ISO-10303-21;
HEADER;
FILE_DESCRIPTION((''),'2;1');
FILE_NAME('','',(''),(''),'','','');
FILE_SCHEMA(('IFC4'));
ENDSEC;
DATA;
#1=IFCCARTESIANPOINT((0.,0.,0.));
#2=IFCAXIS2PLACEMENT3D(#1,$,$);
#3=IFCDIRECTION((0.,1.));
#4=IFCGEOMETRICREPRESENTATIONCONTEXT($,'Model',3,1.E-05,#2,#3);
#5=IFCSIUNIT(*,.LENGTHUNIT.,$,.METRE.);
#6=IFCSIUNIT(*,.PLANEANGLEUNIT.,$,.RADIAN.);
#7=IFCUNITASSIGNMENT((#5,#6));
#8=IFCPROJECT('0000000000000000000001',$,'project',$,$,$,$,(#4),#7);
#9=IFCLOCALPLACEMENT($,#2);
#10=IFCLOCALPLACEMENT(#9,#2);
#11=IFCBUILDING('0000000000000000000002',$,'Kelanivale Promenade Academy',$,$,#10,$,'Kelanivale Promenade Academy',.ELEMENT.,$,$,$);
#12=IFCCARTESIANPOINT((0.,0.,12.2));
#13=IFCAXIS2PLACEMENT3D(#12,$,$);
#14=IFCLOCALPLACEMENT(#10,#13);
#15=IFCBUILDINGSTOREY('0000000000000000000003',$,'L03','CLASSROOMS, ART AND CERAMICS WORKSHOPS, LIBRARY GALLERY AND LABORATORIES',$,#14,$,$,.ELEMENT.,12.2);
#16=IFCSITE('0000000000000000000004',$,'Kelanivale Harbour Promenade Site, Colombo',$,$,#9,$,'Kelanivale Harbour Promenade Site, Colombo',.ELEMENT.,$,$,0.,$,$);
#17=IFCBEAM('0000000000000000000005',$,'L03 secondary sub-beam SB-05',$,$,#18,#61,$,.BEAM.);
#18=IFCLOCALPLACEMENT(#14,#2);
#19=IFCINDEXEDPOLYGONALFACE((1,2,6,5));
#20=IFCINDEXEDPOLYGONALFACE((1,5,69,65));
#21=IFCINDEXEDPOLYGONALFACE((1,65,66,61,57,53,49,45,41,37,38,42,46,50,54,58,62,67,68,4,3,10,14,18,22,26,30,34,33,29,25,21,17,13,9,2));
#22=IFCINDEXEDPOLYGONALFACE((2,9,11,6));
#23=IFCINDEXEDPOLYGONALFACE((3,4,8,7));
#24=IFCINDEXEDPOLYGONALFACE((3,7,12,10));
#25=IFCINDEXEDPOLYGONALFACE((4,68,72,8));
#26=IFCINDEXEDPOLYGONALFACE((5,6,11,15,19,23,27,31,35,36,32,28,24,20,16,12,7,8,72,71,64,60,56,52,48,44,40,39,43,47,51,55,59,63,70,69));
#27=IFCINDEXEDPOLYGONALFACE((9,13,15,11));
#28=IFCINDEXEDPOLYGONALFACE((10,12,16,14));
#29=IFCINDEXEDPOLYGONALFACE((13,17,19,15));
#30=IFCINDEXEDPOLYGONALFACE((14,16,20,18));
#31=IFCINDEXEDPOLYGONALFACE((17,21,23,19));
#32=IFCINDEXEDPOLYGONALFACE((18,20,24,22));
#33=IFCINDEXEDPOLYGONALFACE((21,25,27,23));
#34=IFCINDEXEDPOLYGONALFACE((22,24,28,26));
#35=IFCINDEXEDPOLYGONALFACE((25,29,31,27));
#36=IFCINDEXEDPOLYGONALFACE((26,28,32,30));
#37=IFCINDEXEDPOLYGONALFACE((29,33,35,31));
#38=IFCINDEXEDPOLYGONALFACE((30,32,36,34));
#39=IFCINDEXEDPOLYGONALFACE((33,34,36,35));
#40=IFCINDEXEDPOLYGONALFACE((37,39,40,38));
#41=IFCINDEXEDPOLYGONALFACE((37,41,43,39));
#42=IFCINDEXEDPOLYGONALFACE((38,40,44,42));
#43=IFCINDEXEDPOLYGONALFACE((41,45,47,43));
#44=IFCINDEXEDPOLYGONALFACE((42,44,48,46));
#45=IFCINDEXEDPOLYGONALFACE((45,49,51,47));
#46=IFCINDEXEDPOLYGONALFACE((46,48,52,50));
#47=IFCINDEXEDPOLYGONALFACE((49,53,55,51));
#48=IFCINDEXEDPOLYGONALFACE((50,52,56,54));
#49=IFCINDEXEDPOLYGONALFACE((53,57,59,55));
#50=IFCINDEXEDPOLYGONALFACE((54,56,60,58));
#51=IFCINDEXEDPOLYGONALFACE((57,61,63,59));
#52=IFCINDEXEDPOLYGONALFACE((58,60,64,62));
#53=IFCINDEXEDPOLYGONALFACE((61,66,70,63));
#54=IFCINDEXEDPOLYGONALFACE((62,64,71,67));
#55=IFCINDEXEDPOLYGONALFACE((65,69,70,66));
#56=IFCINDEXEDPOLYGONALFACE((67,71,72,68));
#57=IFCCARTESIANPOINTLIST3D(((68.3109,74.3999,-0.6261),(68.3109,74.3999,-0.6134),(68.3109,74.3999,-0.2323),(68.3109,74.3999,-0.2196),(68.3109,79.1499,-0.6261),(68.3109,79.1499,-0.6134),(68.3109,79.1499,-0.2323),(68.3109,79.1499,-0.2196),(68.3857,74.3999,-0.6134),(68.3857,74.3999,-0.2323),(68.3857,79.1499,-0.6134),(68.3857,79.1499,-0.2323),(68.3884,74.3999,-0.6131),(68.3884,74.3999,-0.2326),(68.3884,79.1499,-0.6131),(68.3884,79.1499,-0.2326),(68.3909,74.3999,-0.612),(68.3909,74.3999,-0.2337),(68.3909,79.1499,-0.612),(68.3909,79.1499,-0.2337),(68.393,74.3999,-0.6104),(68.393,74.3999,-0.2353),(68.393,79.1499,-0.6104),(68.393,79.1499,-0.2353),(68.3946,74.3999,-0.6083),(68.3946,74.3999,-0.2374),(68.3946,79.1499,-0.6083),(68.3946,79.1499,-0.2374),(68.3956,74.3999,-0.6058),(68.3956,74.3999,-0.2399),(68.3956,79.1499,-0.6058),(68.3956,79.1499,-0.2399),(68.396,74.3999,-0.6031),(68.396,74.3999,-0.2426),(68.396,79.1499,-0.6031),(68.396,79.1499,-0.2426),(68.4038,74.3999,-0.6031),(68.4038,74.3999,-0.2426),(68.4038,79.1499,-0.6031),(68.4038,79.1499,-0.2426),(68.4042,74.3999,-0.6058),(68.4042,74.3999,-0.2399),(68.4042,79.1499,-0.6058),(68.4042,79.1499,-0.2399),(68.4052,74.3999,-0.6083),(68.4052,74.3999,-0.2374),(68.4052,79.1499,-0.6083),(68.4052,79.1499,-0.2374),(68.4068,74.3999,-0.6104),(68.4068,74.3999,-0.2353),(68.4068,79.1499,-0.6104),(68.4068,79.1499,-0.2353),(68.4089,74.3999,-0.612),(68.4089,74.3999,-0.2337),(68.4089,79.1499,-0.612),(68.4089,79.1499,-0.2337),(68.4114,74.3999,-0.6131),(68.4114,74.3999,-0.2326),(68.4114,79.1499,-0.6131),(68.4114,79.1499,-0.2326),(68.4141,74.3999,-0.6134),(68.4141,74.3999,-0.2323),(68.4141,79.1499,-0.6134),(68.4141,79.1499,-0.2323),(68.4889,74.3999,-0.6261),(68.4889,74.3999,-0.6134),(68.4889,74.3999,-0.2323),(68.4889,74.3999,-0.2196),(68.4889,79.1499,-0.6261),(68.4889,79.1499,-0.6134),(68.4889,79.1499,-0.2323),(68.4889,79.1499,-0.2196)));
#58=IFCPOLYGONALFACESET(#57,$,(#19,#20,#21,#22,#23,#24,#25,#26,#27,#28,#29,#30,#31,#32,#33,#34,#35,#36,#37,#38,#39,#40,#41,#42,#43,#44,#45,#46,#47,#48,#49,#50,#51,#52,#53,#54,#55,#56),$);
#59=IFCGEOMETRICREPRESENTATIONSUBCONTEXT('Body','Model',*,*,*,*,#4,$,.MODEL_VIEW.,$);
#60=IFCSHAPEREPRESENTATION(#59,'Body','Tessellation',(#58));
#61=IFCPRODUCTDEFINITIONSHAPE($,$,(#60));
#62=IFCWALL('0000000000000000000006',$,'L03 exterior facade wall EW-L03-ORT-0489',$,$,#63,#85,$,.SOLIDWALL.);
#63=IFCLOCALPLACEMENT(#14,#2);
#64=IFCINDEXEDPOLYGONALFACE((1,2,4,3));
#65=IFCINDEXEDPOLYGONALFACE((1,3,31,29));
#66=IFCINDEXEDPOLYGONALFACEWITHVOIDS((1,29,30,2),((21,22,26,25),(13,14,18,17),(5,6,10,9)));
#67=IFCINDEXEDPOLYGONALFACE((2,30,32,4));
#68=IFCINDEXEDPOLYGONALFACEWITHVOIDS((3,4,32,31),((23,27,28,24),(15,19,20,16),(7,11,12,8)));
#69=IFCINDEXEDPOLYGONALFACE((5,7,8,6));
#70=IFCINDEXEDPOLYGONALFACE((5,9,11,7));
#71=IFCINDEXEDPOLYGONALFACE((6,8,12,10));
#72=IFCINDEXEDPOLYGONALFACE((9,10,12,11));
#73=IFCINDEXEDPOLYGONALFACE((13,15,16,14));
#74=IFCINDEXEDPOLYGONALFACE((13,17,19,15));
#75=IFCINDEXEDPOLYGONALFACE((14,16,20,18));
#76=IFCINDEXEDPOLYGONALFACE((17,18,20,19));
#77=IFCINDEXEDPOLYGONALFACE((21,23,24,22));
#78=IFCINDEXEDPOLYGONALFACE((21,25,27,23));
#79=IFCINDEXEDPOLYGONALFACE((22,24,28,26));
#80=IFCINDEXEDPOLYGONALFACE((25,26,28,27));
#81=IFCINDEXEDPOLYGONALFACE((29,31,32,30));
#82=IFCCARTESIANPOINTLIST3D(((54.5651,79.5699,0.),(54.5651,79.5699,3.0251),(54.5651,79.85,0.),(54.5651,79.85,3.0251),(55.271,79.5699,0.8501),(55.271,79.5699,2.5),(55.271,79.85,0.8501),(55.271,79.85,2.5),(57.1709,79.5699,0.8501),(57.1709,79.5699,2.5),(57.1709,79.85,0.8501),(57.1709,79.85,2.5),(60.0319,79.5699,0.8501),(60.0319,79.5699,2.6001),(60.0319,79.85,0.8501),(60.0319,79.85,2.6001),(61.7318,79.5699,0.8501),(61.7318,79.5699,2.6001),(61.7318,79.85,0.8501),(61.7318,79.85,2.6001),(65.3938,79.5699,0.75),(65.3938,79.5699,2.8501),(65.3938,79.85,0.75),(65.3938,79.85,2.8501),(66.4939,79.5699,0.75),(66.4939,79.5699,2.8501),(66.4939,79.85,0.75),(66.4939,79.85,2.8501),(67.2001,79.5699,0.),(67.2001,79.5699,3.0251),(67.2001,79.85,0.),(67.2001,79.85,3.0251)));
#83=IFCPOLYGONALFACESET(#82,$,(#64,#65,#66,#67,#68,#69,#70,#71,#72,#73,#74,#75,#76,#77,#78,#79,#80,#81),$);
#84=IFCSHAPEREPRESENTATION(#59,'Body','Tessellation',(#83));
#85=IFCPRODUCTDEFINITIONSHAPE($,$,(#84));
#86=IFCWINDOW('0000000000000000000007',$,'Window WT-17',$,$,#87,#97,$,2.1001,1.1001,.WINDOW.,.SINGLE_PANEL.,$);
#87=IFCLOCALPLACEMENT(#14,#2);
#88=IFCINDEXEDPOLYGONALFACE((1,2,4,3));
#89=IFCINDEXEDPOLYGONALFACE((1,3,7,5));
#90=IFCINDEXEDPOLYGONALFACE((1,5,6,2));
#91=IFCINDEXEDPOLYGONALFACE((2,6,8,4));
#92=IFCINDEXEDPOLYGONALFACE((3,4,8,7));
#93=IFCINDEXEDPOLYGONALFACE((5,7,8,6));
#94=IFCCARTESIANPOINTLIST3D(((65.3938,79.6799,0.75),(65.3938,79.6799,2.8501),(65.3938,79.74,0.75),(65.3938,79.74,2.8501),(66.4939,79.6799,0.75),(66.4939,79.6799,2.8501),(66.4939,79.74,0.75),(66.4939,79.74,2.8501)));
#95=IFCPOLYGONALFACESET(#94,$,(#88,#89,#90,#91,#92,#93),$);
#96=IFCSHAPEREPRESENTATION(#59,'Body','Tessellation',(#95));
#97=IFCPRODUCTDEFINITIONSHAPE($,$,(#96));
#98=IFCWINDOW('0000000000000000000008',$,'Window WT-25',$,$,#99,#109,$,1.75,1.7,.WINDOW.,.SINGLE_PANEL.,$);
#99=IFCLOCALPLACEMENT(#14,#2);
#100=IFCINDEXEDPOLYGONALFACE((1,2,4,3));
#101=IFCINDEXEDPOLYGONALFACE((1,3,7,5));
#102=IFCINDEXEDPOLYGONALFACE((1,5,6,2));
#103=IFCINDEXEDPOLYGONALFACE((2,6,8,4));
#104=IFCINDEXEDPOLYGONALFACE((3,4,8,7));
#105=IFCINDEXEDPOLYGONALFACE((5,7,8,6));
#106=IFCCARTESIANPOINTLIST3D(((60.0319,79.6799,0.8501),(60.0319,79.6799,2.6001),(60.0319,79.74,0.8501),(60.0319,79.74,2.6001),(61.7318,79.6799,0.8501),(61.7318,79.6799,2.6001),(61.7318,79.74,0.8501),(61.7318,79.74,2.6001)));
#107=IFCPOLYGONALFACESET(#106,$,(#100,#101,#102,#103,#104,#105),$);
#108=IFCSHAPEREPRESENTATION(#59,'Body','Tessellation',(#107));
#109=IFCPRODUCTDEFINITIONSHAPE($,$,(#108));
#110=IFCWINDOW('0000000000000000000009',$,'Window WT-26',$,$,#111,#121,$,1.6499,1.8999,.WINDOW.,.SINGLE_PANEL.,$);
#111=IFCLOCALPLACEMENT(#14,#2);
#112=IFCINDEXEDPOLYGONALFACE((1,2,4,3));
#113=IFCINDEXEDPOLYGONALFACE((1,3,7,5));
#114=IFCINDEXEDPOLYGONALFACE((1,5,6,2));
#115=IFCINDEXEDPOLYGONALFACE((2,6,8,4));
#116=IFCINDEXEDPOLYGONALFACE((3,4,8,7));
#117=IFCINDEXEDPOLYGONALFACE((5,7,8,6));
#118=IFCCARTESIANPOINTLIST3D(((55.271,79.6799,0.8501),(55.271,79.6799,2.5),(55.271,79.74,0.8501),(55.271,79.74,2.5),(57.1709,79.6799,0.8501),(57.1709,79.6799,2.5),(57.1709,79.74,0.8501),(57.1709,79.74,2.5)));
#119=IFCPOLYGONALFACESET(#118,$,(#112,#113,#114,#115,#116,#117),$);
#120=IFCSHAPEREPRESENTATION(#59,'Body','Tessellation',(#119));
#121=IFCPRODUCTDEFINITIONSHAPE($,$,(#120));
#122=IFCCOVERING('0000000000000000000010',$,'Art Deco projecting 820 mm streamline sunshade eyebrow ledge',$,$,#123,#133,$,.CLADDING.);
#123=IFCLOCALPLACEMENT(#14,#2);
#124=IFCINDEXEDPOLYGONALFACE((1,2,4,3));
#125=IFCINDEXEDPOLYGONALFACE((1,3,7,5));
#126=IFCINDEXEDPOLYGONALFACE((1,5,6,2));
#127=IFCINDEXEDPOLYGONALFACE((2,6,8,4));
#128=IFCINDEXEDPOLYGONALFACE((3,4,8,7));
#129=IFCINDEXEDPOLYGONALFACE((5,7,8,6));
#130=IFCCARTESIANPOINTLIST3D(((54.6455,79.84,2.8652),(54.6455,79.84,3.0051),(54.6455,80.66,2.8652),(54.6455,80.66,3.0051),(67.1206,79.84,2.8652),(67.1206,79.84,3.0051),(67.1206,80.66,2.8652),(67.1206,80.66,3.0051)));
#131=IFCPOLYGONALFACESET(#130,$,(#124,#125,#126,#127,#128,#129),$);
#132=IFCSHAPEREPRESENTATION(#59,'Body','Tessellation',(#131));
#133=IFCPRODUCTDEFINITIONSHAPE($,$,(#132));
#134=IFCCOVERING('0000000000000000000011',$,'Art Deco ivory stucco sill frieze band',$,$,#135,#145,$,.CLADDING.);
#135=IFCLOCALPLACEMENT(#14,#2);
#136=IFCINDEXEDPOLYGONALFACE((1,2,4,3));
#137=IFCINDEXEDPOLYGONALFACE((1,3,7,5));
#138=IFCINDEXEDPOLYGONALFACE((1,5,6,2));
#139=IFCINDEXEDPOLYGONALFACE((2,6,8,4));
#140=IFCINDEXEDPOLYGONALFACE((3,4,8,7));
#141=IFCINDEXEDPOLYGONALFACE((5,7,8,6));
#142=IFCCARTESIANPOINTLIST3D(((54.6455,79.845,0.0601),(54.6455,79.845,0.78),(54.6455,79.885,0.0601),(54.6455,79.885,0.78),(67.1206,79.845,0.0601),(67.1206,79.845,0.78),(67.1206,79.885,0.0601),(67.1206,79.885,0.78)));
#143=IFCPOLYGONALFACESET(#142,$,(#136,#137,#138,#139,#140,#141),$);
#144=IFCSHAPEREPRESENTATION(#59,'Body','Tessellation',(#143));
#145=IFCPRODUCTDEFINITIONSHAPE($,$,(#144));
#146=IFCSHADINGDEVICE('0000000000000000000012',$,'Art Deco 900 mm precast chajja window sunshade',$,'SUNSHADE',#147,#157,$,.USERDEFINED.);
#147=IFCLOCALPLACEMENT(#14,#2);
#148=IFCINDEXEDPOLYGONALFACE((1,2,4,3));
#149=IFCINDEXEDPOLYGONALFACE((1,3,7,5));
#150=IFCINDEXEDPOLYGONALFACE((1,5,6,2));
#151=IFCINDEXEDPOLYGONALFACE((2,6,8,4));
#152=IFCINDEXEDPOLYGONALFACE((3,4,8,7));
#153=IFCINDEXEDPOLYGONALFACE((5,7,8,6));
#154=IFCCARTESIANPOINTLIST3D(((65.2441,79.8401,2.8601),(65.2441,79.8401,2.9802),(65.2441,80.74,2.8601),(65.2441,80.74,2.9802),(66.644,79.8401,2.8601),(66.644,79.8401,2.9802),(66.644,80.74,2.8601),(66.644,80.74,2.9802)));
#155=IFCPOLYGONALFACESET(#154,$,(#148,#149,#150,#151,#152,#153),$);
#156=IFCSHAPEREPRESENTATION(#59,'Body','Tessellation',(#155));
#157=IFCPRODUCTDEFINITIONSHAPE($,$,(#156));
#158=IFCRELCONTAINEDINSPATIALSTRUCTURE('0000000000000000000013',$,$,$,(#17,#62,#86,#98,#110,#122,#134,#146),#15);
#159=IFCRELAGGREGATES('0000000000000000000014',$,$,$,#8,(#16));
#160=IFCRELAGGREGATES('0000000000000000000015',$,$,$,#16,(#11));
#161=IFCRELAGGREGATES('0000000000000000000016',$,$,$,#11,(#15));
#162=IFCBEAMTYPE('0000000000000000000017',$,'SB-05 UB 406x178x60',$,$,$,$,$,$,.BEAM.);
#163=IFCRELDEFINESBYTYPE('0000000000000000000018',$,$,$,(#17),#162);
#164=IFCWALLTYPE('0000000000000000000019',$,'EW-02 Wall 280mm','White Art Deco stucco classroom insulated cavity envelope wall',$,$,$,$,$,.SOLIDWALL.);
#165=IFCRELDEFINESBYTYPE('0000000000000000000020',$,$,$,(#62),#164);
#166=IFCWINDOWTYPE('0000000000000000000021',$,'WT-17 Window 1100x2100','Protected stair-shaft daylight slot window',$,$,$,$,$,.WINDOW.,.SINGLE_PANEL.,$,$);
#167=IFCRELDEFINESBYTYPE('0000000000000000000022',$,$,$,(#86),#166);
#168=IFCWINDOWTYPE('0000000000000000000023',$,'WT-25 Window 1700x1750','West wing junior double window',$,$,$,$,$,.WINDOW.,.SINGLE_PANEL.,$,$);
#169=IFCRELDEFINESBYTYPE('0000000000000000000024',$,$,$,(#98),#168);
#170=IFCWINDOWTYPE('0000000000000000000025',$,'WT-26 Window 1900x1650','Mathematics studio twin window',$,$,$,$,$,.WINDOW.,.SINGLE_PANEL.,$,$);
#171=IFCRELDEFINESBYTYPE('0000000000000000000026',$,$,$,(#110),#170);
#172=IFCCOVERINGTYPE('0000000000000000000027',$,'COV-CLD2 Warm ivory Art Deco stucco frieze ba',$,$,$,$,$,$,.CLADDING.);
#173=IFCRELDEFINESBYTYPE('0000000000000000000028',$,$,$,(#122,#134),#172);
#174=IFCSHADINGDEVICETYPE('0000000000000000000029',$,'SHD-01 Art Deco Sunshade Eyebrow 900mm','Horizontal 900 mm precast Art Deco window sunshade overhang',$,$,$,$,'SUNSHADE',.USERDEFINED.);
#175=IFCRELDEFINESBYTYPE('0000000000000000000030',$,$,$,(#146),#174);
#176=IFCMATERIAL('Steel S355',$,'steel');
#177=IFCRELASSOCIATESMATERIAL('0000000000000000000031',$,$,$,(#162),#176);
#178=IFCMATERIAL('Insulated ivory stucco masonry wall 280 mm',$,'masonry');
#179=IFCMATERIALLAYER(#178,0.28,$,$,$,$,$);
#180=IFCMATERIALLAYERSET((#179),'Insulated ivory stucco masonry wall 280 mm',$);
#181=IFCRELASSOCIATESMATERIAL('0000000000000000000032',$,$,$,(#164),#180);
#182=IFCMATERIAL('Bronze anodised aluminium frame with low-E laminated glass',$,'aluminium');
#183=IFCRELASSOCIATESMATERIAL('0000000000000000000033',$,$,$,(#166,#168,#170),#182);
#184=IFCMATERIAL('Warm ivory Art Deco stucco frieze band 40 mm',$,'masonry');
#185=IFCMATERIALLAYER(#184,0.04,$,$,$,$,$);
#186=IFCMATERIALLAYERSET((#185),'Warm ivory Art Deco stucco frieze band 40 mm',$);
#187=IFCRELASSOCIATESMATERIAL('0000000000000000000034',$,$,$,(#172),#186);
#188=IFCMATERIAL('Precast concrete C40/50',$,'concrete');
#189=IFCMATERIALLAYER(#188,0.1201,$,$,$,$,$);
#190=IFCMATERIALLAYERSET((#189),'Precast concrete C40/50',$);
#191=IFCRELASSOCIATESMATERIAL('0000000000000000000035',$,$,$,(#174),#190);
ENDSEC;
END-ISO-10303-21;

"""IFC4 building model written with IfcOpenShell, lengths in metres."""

from ifc_helpers import new_model, si_unit, direction, frame, frame_2d, origin, origin_2d, place, context, subcontext, project, spatial, rectangle, i_section, extrude, material, layer, layer_set, material_profile, profile_set, type_object, element, fill, save


model = new_model("IFC4")

# Units and contexts
model_context = context("Model", 3, precision=1e-05, world=origin(), true_north=direction((0.0, 1.0)))
body_context = subcontext(model_context, "Body", "Model", "MODEL_VIEW")
ifc_project = project(units=[si_unit("LENGTHUNIT", "METRE"), si_unit("PLANEANGLEUNIT", "RADIAN")], contexts=[model_context])

# Site, building, storey
site_placement = place(None, origin())
site = spatial("IfcSite", under=ifc_project, at=site_placement, Name="Kelanivale Harbour Promenade Site, Colombo", LongName="Kelanivale Harbour Promenade Site, Colombo", CompositionType="ELEMENT", RefElevation=0.0)
building_placement = place(site_placement, origin())
building = spatial("IfcBuilding", under=site, at=building_placement, Name="Kelanivale Promenade Academy", LongName="Kelanivale Promenade Academy", CompositionType="ELEMENT")
storey_placement = place(building_placement, frame((0.0, 0.0, 12.2)))
storey = spatial("IfcBuildingStorey", under=building, at=storey_placement, Name="L03", Description="CLASSROOMS, ART AND CERAMICS WORKSHOPS, LIBRARY GALLERY AND LABORATORIES", CompositionType="ELEMENT", Elevation=12.2)

# Beam
ifc_material_1 = material(Name="Steel S355", Category="steel")
ifc_material_profile_1 = material_profile(ifc_material_1, i_section(OverallWidth=0.178, OverallDepth=0.4065, WebThickness=0.0078, FlangeThickness=0.0127, FilletRadius=0.0103, at=origin_2d()), Name="UB 406x178x60")
ifc_profile_set_1 = profile_set([ifc_material_profile_1], Name="Steel S355")
beam_type_1 = type_object("IfcBeamType", Name="SB-05 UB 406x178x60", PredefinedType="BEAM", material=ifc_profile_set_1)
beam_1_placement = place(storey_placement, frame((68.3999, 74.3999, -0.4229), z_axis=(0.0, 1.0, 0.0), x_axis=(-1.0, 0.0, 0.0)))
element("IfcBeam", 1, at=beam_1_placement, inside=storey, type_object=beam_type_1, Name="L03 secondary sub-beam SB-05", PredefinedType="BEAM", context=body_context, shape_type="SweptSolid", body=[
    extrude(i_section(OverallWidth=0.178, OverallDepth=0.4065, WebThickness=0.0078, FlangeThickness=0.0127, FilletRadius=0.0103, at=origin_2d()), origin(), (0.0, 0.0, 1.0), 4.75),
])

# Wall, openings, windows
ifc_material_2 = material(Name="Insulated ivory stucco masonry wall 280 mm", Category="masonry")
ifc_layer_1 = layer(ifc_material_2, 0.28)
ifc_layer_set_1 = layer_set([ifc_layer_1], Name="Insulated ivory stucco masonry wall 280 mm")
wall_type = type_object("IfcWallType", Name="EW-02 Wall 280mm", Description="White Art Deco stucco classroom insulated cavity envelope wall", PredefinedType="SOLIDWALL", material=ifc_layer_set_1)
wall_placement = place(storey_placement, frame((67.2, 79.71, 0.0), z_axis=(0.0, 0.0, 1.0), x_axis=(-1.0, 0.0, 0.0)))
wall = element("IfcWall", 2, at=wall_placement, inside=storey, type_object=wall_type, Name="L03 exterior facade wall EW-L03-ORT-0489", PredefinedType="SOLIDWALL", context=body_context, shape_type="SweptSolid", body=[
    extrude(rectangle(XDim=12.635, YDim=0.28, at=frame_2d((6.3174, 0.0))), origin(), (0.0, 0.0, 1.0), 3.0251),
])
opening_1_placement = place(wall_placement, frame((0.7061, 0.0, 0.75)))
opening_1 = element("IfcOpeningElement", 3, at=opening_1_placement, cuts=wall, PredefinedType="OPENING", context=body_context, shape_type="SweptSolid", body=[
    extrude(rectangle(XDim=1.1001, YDim=2.1001, at=frame_2d((0.55, 1.05))), frame((0.0, 0.1499, 0.0), z_axis=(0.0, -1.0, 0.0), x_axis=(1.0, 0.0, 0.0)), (0.0, 0.0, 1.0), 0.3),
])
opening_2_placement = place(wall_placement, frame((5.468, 0.0, 0.8501)))
opening_2 = element("IfcOpeningElement", 4, at=opening_2_placement, cuts=wall, PredefinedType="OPENING", context=body_context, shape_type="SweptSolid", body=[
    extrude(rectangle(XDim=1.7, YDim=1.75, at=frame_2d((0.8501, 0.875))), frame((0.0, 0.1499, 0.0), z_axis=(0.0, -1.0, 0.0), x_axis=(1.0, 0.0, 0.0)), (0.0, 0.0, 1.0), 0.3),
])
opening_3_placement = place(wall_placement, frame((10.0291, 0.0, 0.8501)))
opening_3 = element("IfcOpeningElement", 5, at=opening_3_placement, cuts=wall, PredefinedType="OPENING", context=body_context, shape_type="SweptSolid", body=[
    extrude(rectangle(XDim=1.8999, YDim=1.6499, at=frame_2d((0.95, 0.825))), frame((0.0, 0.1499, 0.0), z_axis=(0.0, -1.0, 0.0), x_axis=(1.0, 0.0, 0.0)), (0.0, 0.0, 1.0), 0.3),
])
ifc_material_3 = material(Name="Bronze anodised aluminium frame with low-E laminated glass", Category="aluminium")
window_type_1 = type_object("IfcWindowType", Name="WT-17 Window 1100x2100", Description="Protected stair-shaft daylight slot window", PartitioningType="SINGLE_PANEL", PredefinedType="WINDOW", material=ifc_material_3)
window_1_placement = place(opening_1_placement, origin())
window_1 = element("IfcWindow", 6, at=window_1_placement, inside=storey, type_object=window_type_1, Name="Window WT-17", OverallHeight=2.1001, OverallWidth=1.1001, PartitioningType="SINGLE_PANEL", PredefinedType="WINDOW", context=body_context, shape_type="SweptSolid", body=[
    extrude(rectangle(XDim=1.1001, YDim=2.1001, at=frame_2d((0.55, 1.05))), frame((0.0, 0.03, 0.0), z_axis=(0.0, -1.0, 0.0), x_axis=(1.0, 0.0, 0.0)), (0.0, 0.0, 1.0), 0.0601),
])
fill(opening_1, window_1)
window_type_2 = type_object("IfcWindowType", Name="WT-25 Window 1700x1750", Description="West wing junior double window", PartitioningType="SINGLE_PANEL", PredefinedType="WINDOW", material=ifc_material_3)
window_2_placement = place(opening_2_placement, origin())
window_2 = element("IfcWindow", 7, at=window_2_placement, inside=storey, type_object=window_type_2, Name="Window WT-25", OverallHeight=1.75, OverallWidth=1.7, PartitioningType="SINGLE_PANEL", PredefinedType="WINDOW", context=body_context, shape_type="SweptSolid", body=[
    extrude(rectangle(XDim=1.7, YDim=1.75, at=frame_2d((0.8501, 0.875))), frame((0.0, 0.03, 0.0), z_axis=(0.0, -1.0, 0.0), x_axis=(1.0, 0.0, 0.0)), (0.0, 0.0, 1.0), 0.0601),
])
fill(opening_2, window_2)
window_type_3 = type_object("IfcWindowType", Name="WT-26 Window 1900x1650", Description="Mathematics studio twin window", PartitioningType="SINGLE_PANEL", PredefinedType="WINDOW", material=ifc_material_3)
window_3_placement = place(opening_3_placement, origin())
window_3 = element("IfcWindow", 8, at=window_3_placement, inside=storey, type_object=window_type_3, Name="Window WT-26", OverallHeight=1.6499, OverallWidth=1.8999, PartitioningType="SINGLE_PANEL", PredefinedType="WINDOW", context=body_context, shape_type="SweptSolid", body=[
    extrude(rectangle(XDim=1.8999, YDim=1.6499, at=frame_2d((0.95, 0.825))), frame((0.0, 0.03, 0.0), z_axis=(0.0, -1.0, 0.0), x_axis=(1.0, 0.0, 0.0)), (0.0, 0.0, 1.0), 0.0601),
])
fill(opening_3, window_3)

# Coverings
ifc_material_4 = material(Name="Warm ivory Art Deco stucco frieze band 40 mm", Category="masonry")
ifc_layer_2 = layer(ifc_material_4, 0.04)
ifc_layer_set_2 = layer_set([ifc_layer_2], Name="Warm ivory Art Deco stucco frieze band 40 mm")
covering_type = type_object("IfcCoveringType", Name="COV-CLD2 Warm ivory Art Deco stucco frieze ba", PredefinedType="CLADDING", material=ifc_layer_set_2)
covering_1_placement = place(storey_placement, frame((60.8831, 80.25, 2.8652), z_axis=(0.0, 0.0, 1.0), x_axis=(-1.0, 0.0, 0.0)))
element("IfcCovering", 9, at=covering_1_placement, inside=storey, type_object=covering_type, Name="Art Deco projecting 820 mm streamline sunshade eyebrow ledge", PredefinedType="CLADDING", context=body_context, shape_type="SweptSolid", body=[
    extrude(rectangle(XDim=12.4751, YDim=0.8201, at=origin_2d()), origin(), (0.0, 0.0, 1.0), 0.1399),
])
covering_2_placement = place(storey_placement, frame((60.8831, 79.865, 0.0601), z_axis=(0.0, 0.0, 1.0), x_axis=(-1.0, 0.0, 0.0)))
element("IfcCovering", 10, at=covering_2_placement, inside=storey, type_object=covering_type, Name="Art Deco ivory stucco sill frieze band", PredefinedType="CLADDING", context=body_context, shape_type="SweptSolid", body=[
    extrude(rectangle(XDim=12.4751, YDim=0.04, at=origin_2d()), origin(), (0.0, 0.0, 1.0), 0.72),
])

# Shading device
ifc_material_5 = material(Name="Precast concrete C40/50", Category="concrete")
ifc_layer_3 = layer(ifc_material_5, 0.1201)
ifc_layer_set_3 = layer_set([ifc_layer_3], Name="Precast concrete C40/50")
shading_device_type = type_object("IfcShadingDeviceType", Name="SHD-01 Art Deco Sunshade Eyebrow 900mm", Description="Horizontal 900 mm precast Art Deco window sunshade overhang", ElementType="SUNSHADE", PredefinedType="USERDEFINED", material=ifc_layer_set_3)
shading_device_placement = place(storey_placement, frame((65.9441, 80.29, 2.8601), z_axis=(0.0, 0.0, 1.0), x_axis=(-1.0, 0.0, 0.0)))
element("IfcShadingDevice", 11, at=shading_device_placement, inside=storey, type_object=shading_device_type, Name="Art Deco 900 mm precast chajja window sunshade", ObjectType="SUNSHADE", PredefinedType="USERDEFINED", context=body_context, shape_type="SweptSolid", body=[
    extrude(rectangle(XDim=1.3999, YDim=0.8999, at=origin_2d()), origin(), (0.0, 0.0, 1.0), 0.1201),
])

save(model, "model.ifc")
